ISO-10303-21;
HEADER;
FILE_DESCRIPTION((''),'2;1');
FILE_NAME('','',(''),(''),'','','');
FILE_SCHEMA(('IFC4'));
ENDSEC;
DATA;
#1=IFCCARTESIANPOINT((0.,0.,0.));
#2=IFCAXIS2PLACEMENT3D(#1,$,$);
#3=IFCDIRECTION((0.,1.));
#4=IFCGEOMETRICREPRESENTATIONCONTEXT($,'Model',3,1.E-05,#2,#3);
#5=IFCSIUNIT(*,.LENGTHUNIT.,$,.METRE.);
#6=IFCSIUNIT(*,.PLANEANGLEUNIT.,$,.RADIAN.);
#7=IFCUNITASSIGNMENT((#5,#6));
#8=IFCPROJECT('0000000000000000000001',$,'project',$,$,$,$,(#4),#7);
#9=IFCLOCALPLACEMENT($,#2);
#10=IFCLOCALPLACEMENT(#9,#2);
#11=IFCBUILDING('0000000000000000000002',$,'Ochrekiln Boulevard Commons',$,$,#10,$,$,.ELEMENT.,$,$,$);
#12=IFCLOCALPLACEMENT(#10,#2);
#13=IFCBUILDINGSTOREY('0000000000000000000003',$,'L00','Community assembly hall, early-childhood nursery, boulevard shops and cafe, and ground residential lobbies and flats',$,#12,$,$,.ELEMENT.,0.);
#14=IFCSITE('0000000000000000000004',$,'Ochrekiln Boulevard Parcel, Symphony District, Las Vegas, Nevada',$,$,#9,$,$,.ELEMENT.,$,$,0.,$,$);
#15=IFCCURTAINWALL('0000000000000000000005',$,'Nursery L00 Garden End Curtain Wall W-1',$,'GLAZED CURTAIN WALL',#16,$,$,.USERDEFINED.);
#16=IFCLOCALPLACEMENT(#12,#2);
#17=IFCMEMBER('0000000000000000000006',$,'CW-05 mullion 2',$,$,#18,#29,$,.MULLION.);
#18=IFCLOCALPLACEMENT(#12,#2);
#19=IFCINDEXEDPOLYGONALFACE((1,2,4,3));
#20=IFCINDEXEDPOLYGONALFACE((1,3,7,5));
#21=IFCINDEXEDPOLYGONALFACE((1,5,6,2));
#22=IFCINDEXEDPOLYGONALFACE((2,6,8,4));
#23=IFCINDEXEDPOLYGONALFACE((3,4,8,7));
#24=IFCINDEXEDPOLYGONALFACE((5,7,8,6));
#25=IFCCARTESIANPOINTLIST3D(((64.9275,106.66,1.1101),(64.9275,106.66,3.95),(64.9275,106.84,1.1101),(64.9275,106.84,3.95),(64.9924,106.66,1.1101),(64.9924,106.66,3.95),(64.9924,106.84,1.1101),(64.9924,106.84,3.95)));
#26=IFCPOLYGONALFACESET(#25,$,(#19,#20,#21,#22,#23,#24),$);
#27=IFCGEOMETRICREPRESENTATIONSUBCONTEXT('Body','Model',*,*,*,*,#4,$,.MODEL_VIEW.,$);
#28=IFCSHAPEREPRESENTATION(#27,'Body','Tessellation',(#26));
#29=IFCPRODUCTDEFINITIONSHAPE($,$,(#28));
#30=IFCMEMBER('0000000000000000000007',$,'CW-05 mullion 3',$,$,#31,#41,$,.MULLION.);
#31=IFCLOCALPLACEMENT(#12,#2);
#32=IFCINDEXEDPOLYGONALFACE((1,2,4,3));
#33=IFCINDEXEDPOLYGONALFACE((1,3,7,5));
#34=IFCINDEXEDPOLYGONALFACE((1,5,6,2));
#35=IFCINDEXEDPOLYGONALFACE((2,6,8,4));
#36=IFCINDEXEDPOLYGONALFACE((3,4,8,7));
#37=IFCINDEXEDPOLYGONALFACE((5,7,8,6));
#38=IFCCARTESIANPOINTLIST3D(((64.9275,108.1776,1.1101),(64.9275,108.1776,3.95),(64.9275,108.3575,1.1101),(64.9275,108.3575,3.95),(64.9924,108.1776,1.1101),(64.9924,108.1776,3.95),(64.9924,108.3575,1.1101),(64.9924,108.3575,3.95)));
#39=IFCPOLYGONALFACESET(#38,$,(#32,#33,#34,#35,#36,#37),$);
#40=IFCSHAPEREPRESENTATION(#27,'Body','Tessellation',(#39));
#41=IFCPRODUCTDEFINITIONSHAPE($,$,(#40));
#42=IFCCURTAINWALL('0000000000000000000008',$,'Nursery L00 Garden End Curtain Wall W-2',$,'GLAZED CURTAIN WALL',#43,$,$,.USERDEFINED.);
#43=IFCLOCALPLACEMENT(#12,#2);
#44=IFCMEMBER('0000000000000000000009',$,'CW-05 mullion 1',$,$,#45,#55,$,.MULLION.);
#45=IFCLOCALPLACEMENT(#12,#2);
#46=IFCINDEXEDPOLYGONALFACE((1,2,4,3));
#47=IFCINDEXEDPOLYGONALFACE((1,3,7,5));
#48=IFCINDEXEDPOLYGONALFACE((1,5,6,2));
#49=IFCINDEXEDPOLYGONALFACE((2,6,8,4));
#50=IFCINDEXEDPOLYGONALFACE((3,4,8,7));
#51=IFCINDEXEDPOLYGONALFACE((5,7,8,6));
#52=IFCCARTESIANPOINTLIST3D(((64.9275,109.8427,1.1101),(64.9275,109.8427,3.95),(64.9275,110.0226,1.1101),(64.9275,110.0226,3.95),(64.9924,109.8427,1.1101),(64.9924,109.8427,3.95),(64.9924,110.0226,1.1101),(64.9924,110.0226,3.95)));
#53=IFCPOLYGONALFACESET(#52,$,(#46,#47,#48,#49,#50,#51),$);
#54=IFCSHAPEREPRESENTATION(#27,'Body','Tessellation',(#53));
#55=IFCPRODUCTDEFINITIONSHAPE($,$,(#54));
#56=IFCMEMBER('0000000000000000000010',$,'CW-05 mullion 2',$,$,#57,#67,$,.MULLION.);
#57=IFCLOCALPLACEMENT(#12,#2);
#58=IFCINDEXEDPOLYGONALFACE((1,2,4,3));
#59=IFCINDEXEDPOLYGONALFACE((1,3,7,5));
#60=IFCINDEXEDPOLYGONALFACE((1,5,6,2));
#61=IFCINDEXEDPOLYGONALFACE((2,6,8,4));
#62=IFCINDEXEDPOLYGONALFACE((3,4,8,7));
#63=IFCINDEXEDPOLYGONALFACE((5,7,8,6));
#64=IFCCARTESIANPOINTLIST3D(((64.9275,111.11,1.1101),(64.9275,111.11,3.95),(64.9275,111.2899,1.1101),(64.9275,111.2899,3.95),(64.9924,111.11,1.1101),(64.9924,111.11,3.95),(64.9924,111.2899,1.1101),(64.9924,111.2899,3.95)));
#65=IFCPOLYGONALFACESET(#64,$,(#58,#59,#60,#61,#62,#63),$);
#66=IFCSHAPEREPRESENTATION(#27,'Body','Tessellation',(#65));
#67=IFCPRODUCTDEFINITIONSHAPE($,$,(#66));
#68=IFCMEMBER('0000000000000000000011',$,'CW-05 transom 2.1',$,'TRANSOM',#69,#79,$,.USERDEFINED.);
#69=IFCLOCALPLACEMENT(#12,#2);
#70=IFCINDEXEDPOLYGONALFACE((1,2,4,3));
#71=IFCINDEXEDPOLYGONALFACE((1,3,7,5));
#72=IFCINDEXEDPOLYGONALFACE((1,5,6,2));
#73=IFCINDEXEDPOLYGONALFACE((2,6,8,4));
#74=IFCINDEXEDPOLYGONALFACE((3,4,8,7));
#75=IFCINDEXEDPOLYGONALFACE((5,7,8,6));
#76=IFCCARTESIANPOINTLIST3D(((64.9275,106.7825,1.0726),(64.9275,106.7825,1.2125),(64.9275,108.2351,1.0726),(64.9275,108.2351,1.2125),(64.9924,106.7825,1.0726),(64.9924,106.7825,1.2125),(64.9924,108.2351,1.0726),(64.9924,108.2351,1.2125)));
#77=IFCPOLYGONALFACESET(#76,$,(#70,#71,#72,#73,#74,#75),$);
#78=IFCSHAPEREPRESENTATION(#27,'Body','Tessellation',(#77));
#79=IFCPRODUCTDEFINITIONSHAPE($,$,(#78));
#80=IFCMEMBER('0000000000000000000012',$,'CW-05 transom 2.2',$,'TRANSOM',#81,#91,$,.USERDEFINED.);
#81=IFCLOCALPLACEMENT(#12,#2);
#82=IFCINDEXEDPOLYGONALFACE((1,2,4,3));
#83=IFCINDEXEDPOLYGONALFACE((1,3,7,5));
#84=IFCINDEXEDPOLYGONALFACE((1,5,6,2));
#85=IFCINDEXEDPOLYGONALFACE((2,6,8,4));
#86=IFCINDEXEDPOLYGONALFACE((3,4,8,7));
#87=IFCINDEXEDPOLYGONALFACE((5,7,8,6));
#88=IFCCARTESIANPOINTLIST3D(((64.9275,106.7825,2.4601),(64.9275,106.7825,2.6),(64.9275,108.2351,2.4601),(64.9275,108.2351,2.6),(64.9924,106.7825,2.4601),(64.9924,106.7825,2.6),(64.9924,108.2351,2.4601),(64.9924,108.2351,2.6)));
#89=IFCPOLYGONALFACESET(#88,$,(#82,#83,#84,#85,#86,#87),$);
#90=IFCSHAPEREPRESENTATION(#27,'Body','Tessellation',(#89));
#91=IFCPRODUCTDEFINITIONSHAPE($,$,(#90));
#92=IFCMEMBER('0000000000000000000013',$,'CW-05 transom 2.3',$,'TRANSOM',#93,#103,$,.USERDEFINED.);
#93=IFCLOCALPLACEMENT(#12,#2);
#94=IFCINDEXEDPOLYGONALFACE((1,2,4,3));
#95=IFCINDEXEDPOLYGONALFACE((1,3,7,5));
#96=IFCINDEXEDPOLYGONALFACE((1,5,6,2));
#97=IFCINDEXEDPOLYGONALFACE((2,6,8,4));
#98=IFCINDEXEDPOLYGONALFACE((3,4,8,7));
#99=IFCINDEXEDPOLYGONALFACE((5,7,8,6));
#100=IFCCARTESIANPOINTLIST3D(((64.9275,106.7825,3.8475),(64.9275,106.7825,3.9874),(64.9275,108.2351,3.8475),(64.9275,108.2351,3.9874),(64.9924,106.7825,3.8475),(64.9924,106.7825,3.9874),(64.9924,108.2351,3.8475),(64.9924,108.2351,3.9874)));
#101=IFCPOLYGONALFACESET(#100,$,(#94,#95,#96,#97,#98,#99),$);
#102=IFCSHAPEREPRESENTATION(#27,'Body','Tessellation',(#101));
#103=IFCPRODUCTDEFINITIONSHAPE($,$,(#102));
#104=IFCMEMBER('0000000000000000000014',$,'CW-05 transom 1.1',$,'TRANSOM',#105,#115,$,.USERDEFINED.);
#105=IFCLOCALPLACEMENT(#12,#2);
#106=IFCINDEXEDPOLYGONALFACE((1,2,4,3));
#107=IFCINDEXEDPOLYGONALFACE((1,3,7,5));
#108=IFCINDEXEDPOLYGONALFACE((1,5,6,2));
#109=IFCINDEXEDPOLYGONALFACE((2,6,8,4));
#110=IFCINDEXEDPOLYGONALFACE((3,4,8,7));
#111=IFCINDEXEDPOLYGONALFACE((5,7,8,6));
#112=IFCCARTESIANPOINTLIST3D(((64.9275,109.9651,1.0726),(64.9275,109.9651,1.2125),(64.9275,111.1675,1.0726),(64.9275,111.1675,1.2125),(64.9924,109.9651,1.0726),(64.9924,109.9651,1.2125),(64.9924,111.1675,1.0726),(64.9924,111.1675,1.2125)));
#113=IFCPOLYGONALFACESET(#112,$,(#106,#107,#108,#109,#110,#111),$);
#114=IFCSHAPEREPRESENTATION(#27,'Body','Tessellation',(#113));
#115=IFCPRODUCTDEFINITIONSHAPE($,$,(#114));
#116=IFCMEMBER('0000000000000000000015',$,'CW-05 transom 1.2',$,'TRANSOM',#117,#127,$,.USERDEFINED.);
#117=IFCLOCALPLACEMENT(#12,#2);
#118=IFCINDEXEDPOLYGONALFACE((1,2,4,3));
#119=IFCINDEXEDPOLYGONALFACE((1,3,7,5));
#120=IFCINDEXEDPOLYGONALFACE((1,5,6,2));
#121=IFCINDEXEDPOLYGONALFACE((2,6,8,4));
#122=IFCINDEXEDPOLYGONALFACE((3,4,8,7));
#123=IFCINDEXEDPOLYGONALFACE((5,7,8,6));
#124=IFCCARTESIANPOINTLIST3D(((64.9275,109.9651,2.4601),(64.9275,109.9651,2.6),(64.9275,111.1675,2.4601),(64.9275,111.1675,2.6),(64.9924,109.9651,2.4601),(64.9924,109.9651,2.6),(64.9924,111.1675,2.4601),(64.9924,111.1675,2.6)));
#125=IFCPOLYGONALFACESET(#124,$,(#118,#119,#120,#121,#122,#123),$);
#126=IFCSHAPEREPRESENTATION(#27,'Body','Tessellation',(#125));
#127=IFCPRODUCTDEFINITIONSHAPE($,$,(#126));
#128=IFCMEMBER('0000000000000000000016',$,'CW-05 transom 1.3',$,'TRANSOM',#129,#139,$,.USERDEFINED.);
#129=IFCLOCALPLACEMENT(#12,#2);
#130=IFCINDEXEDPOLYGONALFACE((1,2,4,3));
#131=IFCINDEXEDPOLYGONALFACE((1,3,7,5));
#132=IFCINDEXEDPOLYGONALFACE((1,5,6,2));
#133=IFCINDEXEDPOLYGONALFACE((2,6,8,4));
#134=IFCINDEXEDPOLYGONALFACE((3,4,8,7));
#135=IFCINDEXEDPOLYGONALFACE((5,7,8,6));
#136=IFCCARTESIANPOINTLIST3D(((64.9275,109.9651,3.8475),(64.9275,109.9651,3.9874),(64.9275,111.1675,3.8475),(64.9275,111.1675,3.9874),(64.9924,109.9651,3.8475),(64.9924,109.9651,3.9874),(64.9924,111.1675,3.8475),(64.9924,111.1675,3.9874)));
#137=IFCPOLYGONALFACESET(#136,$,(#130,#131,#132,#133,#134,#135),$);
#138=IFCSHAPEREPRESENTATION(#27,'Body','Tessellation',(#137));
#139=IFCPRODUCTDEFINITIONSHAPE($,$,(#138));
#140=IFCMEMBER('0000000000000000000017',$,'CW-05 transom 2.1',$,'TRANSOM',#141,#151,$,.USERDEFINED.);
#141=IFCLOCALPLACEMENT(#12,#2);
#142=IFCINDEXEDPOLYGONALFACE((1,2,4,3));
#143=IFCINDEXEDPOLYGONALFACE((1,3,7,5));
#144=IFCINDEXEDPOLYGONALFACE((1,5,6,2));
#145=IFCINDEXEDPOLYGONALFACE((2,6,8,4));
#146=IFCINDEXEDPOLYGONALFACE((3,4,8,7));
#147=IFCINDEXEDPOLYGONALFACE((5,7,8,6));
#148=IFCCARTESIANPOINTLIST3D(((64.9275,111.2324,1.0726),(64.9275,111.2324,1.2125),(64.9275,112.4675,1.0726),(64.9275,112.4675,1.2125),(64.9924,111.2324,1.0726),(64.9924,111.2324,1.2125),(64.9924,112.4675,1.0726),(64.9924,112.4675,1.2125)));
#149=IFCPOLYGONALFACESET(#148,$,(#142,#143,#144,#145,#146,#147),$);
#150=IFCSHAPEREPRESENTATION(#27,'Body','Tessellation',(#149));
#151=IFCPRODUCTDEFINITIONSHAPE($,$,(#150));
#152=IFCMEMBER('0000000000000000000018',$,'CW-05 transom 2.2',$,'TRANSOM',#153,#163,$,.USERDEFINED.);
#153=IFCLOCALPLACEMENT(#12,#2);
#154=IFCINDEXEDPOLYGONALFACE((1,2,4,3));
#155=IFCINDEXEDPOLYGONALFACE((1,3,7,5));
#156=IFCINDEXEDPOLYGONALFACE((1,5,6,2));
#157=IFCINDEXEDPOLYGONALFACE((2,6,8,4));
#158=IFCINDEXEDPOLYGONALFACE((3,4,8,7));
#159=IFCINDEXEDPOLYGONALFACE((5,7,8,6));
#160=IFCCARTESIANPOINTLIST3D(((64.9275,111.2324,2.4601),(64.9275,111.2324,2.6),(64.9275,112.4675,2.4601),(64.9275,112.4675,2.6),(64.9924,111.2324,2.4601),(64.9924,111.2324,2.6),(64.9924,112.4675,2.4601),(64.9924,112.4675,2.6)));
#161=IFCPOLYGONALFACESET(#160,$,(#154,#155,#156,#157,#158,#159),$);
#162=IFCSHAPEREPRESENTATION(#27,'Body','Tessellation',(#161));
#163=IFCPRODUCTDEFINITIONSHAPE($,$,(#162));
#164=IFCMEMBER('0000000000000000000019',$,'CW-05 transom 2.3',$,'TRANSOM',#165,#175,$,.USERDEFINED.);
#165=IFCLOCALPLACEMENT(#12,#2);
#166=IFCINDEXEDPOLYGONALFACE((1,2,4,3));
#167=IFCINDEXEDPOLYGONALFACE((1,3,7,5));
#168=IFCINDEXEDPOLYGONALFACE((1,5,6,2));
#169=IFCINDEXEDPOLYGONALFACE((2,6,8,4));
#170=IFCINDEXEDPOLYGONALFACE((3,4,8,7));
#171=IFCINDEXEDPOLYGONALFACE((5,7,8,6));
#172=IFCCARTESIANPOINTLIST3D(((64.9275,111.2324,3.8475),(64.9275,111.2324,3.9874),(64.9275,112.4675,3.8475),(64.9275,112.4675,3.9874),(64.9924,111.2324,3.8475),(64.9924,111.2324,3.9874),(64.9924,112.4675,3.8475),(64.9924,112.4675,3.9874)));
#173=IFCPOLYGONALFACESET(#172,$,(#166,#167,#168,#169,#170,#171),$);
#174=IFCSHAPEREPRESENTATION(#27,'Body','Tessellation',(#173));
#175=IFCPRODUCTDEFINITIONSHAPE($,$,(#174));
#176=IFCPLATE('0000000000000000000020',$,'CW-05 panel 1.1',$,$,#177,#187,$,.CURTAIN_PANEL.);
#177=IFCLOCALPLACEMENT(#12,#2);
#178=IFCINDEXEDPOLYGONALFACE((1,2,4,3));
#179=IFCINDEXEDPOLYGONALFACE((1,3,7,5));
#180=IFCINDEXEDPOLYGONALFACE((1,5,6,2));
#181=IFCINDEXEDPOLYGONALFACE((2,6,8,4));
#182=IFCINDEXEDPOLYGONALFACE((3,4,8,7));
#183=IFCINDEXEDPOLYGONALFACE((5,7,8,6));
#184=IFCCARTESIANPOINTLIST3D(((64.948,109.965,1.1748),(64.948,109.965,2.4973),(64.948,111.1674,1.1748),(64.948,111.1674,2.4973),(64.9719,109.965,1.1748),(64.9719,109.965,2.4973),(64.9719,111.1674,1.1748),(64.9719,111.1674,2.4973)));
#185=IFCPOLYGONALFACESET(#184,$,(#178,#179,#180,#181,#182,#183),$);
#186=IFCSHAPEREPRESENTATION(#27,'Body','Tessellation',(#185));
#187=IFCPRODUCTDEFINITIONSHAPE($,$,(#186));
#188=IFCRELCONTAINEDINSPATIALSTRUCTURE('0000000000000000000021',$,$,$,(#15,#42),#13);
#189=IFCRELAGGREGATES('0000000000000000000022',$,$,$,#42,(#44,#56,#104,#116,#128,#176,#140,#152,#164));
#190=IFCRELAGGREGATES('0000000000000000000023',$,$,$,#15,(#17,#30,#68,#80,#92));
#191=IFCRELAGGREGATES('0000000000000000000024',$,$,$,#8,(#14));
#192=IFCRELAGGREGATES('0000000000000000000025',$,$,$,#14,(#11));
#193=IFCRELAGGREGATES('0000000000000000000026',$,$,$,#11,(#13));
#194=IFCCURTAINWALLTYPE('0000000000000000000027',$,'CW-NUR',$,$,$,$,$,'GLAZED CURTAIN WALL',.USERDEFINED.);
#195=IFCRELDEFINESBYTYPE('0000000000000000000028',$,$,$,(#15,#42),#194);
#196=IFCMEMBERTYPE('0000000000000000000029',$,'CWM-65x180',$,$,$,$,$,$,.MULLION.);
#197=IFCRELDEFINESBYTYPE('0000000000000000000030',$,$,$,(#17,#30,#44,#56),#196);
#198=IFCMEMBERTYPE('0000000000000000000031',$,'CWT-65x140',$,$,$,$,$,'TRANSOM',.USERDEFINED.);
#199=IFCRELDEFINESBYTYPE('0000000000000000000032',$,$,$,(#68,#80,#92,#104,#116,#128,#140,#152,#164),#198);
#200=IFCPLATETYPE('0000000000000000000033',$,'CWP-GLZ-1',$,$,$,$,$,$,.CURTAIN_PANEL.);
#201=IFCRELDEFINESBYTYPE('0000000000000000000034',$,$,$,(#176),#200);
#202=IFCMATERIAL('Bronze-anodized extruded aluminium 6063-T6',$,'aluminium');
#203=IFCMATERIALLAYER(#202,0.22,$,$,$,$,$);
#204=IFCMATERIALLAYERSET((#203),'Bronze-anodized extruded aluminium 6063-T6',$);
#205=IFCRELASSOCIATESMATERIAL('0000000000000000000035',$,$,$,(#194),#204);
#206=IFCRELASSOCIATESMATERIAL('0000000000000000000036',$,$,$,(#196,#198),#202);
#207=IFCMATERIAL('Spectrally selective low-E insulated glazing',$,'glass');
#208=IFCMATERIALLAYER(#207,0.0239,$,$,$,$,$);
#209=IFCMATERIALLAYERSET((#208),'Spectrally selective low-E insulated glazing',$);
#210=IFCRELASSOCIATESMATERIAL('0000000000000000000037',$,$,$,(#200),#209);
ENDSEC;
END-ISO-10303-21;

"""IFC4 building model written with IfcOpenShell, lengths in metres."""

from ifc_helpers import new_model, si_unit, direction, frame, origin, origin_2d, place, context, subcontext, project, spatial, rectangle, extrude, material, layer, layer_set, material_profile, profile_set, type_object, element, aggregate, save


model = new_model("IFC4")

# Units and contexts
model_context = context("Model", 3, precision=1e-05, world=origin(), true_north=direction((0.0, 1.0)))
body_context = subcontext(model_context, "Body", "Model", "MODEL_VIEW")
ifc_project = project(units=[si_unit("LENGTHUNIT", "METRE"), si_unit("PLANEANGLEUNIT", "RADIAN")], contexts=[model_context])

# Site, building, storey
site_placement = place(None, origin())
site = spatial("IfcSite", under=ifc_project, at=site_placement, Name="Ochrekiln Boulevard Parcel, Symphony District, Las Vegas, Nevada", CompositionType="ELEMENT", RefElevation=0.0)
building_placement = place(site_placement, origin())
building = spatial("IfcBuilding", under=site, at=building_placement, Name="Ochrekiln Boulevard Commons", CompositionType="ELEMENT")
storey_placement = place(building_placement, origin())
storey = spatial("IfcBuildingStorey", under=building, at=storey_placement, Name="L00", Description="Community assembly hall, early-childhood nursery, boulevard shops and cafe, and ground residential lobbies and flats", CompositionType="ELEMENT", Elevation=0.0)

# Curtain walls, members
ifc_material_1 = material(Name="Bronze-anodized extruded aluminium 6063-T6", Category="aluminium")
ifc_layer_1 = layer(ifc_material_1, 0.22)
ifc_layer_set_1 = layer_set([ifc_layer_1], Name="Bronze-anodized extruded aluminium 6063-T6")
curtain_wall_type = type_object("IfcCurtainWallType", Name="CW-NUR", ElementType="GLAZED CURTAIN WALL", PredefinedType="USERDEFINED", material=ifc_layer_set_1)
curtain_wall_1_placement = place(storey_placement, origin())
curtain_wall_1 = element("IfcCurtainWall", 1, at=curtain_wall_1_placement, inside=storey, type_object=curtain_wall_type, Name="Nursery L00 Garden End Curtain Wall W-1", ObjectType="GLAZED CURTAIN WALL", PredefinedType="USERDEFINED")
ifc_material_profile_1 = material_profile(ifc_material_1, rectangle(XDim=0.0649, YDim=0.1799, at=origin_2d()), Name="ALU-MUL-65x180")
ifc_profile_set_1 = profile_set([ifc_material_profile_1], Name="Bronze-anodized extruded aluminium 6063-T6")
member_type_1 = type_object("IfcMemberType", Name="CWM-65x180", PredefinedType="MULLION", material=ifc_profile_set_1)
member_1_placement = place(storey_placement, frame((64.96, 106.75, 1.1101), z_axis=(0.0, 0.0, 1.0), x_axis=(-1.0, 0.0, 0.0)))
member_1 = element("IfcMember", 2, at=member_1_placement, type_object=member_type_1, Name="CW-05 mullion 2", PredefinedType="MULLION", context=body_context, shape_type="SweptSolid", body=[
    extrude(rectangle(XDim=0.0649, YDim=0.1799, at=origin_2d()), origin(), (0.0, 0.0, 1.0), 2.8398),
])
member_2_placement = place(storey_placement, frame((64.96, 108.2676, 1.1101), z_axis=(0.0, 0.0, 1.0), x_axis=(-1.0, 0.0, 0.0)))
member_2 = element("IfcMember", 3, at=member_2_placement, type_object=member_type_1, Name="CW-05 mullion 3", PredefinedType="MULLION", context=body_context, shape_type="SweptSolid", body=[
    extrude(rectangle(XDim=0.0649, YDim=0.1799, at=origin_2d()), origin(), (0.0, 0.0, 1.0), 2.8398),
])
curtain_wall_2_placement = place(storey_placement, origin())
curtain_wall_2 = element("IfcCurtainWall", 4, at=curtain_wall_2_placement, inside=storey, type_object=curtain_wall_type, Name="Nursery L00 Garden End Curtain Wall W-2", ObjectType="GLAZED CURTAIN WALL", PredefinedType="USERDEFINED")
member_3_placement = place(storey_placement, frame((64.96, 109.9326, 1.1101), z_axis=(0.0, 0.0, 1.0), x_axis=(-1.0, 0.0, 0.0)))
member_3 = element("IfcMember", 5, at=member_3_placement, type_object=member_type_1, Name="CW-05 mullion 1", PredefinedType="MULLION", context=body_context, shape_type="SweptSolid", body=[
    extrude(rectangle(XDim=0.0649, YDim=0.1799, at=origin_2d()), origin(), (0.0, 0.0, 1.0), 2.8398),
])
member_4_placement = place(storey_placement, frame((64.96, 111.2, 1.1101), z_axis=(0.0, 0.0, 1.0), x_axis=(-1.0, 0.0, 0.0)))
member_4 = element("IfcMember", 6, at=member_4_placement, type_object=member_type_1, Name="CW-05 mullion 2", PredefinedType="MULLION", context=body_context, shape_type="SweptSolid", body=[
    extrude(rectangle(XDim=0.0649, YDim=0.1799, at=origin_2d()), origin(), (0.0, 0.0, 1.0), 2.8398),
])

# Members
ifc_material_profile_2 = material_profile(ifc_material_1, rectangle(XDim=0.0649, YDim=0.1399, at=origin_2d()), Name="ALU-TRN-65x140")
ifc_profile_set_2 = profile_set([ifc_material_profile_2], Name="Bronze-anodized extruded aluminium 6063-T6")
member_type_2 = type_object("IfcMemberType", Name="CWT-65x140", ElementType="TRANSOM", PredefinedType="USERDEFINED", material=ifc_profile_set_2)
member_5_placement = place(storey_placement, frame((64.96, 106.7825, 1.1426), z_axis=(0.0, 1.0, 0.0), x_axis=(-1.0, 0.0, 0.0)))
member_5 = element("IfcMember", 7, at=member_5_placement, type_object=member_type_2, Name="CW-05 transom 2.1", ObjectType="TRANSOM", PredefinedType="USERDEFINED", context=body_context, shape_type="SweptSolid", body=[
    extrude(rectangle(XDim=0.0649, YDim=0.1399, at=origin_2d()), origin(), (0.0, 0.0, 1.0), 1.4526),
])
member_6_placement = place(storey_placement, frame((64.96, 106.7825, 2.53), z_axis=(0.0, 1.0, 0.0), x_axis=(-1.0, 0.0, 0.0)))
member_6 = element("IfcMember", 8, at=member_6_placement, type_object=member_type_2, Name="CW-05 transom 2.2", ObjectType="TRANSOM", PredefinedType="USERDEFINED", context=body_context, shape_type="SweptSolid", body=[
    extrude(rectangle(XDim=0.0649, YDim=0.1399, at=origin_2d()), origin(), (0.0, 0.0, 1.0), 1.4526),
])
member_7_placement = place(storey_placement, frame((64.96, 106.7825, 3.9175), z_axis=(0.0, 1.0, 0.0), x_axis=(-1.0, 0.0, 0.0)))
member_7 = element("IfcMember", 9, at=member_7_placement, type_object=member_type_2, Name="CW-05 transom 2.3", ObjectType="TRANSOM", PredefinedType="USERDEFINED", context=body_context, shape_type="SweptSolid", body=[
    extrude(rectangle(XDim=0.0649, YDim=0.1399, at=origin_2d()), origin(), (0.0, 0.0, 1.0), 1.4526),
])
member_8_placement = place(storey_placement, frame((64.96, 109.9651, 1.1426), z_axis=(0.0, 1.0, 0.0), x_axis=(-1.0, 0.0, 0.0)))
member_8 = element("IfcMember", 10, at=member_8_placement, type_object=member_type_2, Name="CW-05 transom 1.1", ObjectType="TRANSOM", PredefinedType="USERDEFINED", context=body_context, shape_type="SweptSolid", body=[
    extrude(rectangle(XDim=0.0649, YDim=0.1399, at=origin_2d()), origin(), (0.0, 0.0, 1.0), 1.2024),
])
member_9_placement = place(storey_placement, frame((64.96, 109.9651, 2.53), z_axis=(0.0, 1.0, 0.0), x_axis=(-1.0, 0.0, 0.0)))
member_9 = element("IfcMember", 11, at=member_9_placement, type_object=member_type_2, Name="CW-05 transom 1.2", ObjectType="TRANSOM", PredefinedType="USERDEFINED", context=body_context, shape_type="SweptSolid", body=[
    extrude(rectangle(XDim=0.0649, YDim=0.1399, at=origin_2d()), origin(), (0.0, 0.0, 1.0), 1.2024),
])
member_10_placement = place(storey_placement, frame((64.96, 109.9651, 3.9175), z_axis=(0.0, 1.0, 0.0), x_axis=(-1.0, 0.0, 0.0)))
member_10 = element("IfcMember", 12, at=member_10_placement, type_object=member_type_2, Name="CW-05 transom 1.3", ObjectType="TRANSOM", PredefinedType="USERDEFINED", context=body_context, shape_type="SweptSolid", body=[
    extrude(rectangle(XDim=0.0649, YDim=0.1399, at=origin_2d()), origin(), (0.0, 0.0, 1.0), 1.2024),
])
member_11_placement = place(storey_placement, frame((64.96, 111.2324, 1.1426), z_axis=(0.0, 1.0, 0.0), x_axis=(-1.0, 0.0, 0.0)))
member_11 = element("IfcMember", 13, at=member_11_placement, type_object=member_type_2, Name="CW-05 transom 2.1", ObjectType="TRANSOM", PredefinedType="USERDEFINED", context=body_context, shape_type="SweptSolid", body=[
    extrude(rectangle(XDim=0.0649, YDim=0.1399, at=origin_2d()), origin(), (0.0, 0.0, 1.0), 1.2351),
])
member_12_placement = place(storey_placement, frame((64.96, 111.2324, 2.53), z_axis=(0.0, 1.0, 0.0), x_axis=(-1.0, 0.0, 0.0)))
member_12 = element("IfcMember", 14, at=member_12_placement, type_object=member_type_2, Name="CW-05 transom 2.2", ObjectType="TRANSOM", PredefinedType="USERDEFINED", context=body_context, shape_type="SweptSolid", body=[
    extrude(rectangle(XDim=0.0649, YDim=0.1399, at=origin_2d()), origin(), (0.0, 0.0, 1.0), 1.2351),
])
member_13_placement = place(storey_placement, frame((64.96, 111.2324, 3.9175), z_axis=(0.0, 1.0, 0.0), x_axis=(-1.0, 0.0, 0.0)))
member_13 = element("IfcMember", 15, at=member_13_placement, type_object=member_type_2, Name="CW-05 transom 2.3", ObjectType="TRANSOM", PredefinedType="USERDEFINED", context=body_context, shape_type="SweptSolid", body=[
    extrude(rectangle(XDim=0.0649, YDim=0.1399, at=origin_2d()), origin(), (0.0, 0.0, 1.0), 1.2351),
])

# Plate
ifc_material_2 = material(Name="Spectrally selective low-E insulated glazing", Category="glass")
ifc_layer_2 = layer(ifc_material_2, 0.0239)
ifc_layer_set_2 = layer_set([ifc_layer_2], Name="Spectrally selective low-E insulated glazing")
plate_type_1 = type_object("IfcPlateType", Name="CWP-GLZ-1", PredefinedType="CURTAIN_PANEL", material=ifc_layer_set_2)
plate_1_placement = place(storey_placement, frame((64.96, 110.5662, 1.1748), z_axis=(0.0, 0.0, 1.0), x_axis=(0.0, 1.0, 0.0)))
plate_1 = element("IfcPlate", 16, at=plate_1_placement, type_object=plate_type_1, Name="CW-05 panel 1.1", PredefinedType="CURTAIN_PANEL", context=body_context, shape_type="SweptSolid", body=[
    extrude(rectangle(XDim=1.2024, YDim=0.0239, at=origin_2d()), origin(), (0.0, 0.0, 1.0), 1.3225),
])
aggregate(curtain_wall_2, [member_3, member_4, member_8, member_9, member_10, plate_1, member_11, member_12, member_13])
aggregate(curtain_wall_1, [member_1, member_2, member_5, member_6, member_7])

save(model, "model.ifc")
